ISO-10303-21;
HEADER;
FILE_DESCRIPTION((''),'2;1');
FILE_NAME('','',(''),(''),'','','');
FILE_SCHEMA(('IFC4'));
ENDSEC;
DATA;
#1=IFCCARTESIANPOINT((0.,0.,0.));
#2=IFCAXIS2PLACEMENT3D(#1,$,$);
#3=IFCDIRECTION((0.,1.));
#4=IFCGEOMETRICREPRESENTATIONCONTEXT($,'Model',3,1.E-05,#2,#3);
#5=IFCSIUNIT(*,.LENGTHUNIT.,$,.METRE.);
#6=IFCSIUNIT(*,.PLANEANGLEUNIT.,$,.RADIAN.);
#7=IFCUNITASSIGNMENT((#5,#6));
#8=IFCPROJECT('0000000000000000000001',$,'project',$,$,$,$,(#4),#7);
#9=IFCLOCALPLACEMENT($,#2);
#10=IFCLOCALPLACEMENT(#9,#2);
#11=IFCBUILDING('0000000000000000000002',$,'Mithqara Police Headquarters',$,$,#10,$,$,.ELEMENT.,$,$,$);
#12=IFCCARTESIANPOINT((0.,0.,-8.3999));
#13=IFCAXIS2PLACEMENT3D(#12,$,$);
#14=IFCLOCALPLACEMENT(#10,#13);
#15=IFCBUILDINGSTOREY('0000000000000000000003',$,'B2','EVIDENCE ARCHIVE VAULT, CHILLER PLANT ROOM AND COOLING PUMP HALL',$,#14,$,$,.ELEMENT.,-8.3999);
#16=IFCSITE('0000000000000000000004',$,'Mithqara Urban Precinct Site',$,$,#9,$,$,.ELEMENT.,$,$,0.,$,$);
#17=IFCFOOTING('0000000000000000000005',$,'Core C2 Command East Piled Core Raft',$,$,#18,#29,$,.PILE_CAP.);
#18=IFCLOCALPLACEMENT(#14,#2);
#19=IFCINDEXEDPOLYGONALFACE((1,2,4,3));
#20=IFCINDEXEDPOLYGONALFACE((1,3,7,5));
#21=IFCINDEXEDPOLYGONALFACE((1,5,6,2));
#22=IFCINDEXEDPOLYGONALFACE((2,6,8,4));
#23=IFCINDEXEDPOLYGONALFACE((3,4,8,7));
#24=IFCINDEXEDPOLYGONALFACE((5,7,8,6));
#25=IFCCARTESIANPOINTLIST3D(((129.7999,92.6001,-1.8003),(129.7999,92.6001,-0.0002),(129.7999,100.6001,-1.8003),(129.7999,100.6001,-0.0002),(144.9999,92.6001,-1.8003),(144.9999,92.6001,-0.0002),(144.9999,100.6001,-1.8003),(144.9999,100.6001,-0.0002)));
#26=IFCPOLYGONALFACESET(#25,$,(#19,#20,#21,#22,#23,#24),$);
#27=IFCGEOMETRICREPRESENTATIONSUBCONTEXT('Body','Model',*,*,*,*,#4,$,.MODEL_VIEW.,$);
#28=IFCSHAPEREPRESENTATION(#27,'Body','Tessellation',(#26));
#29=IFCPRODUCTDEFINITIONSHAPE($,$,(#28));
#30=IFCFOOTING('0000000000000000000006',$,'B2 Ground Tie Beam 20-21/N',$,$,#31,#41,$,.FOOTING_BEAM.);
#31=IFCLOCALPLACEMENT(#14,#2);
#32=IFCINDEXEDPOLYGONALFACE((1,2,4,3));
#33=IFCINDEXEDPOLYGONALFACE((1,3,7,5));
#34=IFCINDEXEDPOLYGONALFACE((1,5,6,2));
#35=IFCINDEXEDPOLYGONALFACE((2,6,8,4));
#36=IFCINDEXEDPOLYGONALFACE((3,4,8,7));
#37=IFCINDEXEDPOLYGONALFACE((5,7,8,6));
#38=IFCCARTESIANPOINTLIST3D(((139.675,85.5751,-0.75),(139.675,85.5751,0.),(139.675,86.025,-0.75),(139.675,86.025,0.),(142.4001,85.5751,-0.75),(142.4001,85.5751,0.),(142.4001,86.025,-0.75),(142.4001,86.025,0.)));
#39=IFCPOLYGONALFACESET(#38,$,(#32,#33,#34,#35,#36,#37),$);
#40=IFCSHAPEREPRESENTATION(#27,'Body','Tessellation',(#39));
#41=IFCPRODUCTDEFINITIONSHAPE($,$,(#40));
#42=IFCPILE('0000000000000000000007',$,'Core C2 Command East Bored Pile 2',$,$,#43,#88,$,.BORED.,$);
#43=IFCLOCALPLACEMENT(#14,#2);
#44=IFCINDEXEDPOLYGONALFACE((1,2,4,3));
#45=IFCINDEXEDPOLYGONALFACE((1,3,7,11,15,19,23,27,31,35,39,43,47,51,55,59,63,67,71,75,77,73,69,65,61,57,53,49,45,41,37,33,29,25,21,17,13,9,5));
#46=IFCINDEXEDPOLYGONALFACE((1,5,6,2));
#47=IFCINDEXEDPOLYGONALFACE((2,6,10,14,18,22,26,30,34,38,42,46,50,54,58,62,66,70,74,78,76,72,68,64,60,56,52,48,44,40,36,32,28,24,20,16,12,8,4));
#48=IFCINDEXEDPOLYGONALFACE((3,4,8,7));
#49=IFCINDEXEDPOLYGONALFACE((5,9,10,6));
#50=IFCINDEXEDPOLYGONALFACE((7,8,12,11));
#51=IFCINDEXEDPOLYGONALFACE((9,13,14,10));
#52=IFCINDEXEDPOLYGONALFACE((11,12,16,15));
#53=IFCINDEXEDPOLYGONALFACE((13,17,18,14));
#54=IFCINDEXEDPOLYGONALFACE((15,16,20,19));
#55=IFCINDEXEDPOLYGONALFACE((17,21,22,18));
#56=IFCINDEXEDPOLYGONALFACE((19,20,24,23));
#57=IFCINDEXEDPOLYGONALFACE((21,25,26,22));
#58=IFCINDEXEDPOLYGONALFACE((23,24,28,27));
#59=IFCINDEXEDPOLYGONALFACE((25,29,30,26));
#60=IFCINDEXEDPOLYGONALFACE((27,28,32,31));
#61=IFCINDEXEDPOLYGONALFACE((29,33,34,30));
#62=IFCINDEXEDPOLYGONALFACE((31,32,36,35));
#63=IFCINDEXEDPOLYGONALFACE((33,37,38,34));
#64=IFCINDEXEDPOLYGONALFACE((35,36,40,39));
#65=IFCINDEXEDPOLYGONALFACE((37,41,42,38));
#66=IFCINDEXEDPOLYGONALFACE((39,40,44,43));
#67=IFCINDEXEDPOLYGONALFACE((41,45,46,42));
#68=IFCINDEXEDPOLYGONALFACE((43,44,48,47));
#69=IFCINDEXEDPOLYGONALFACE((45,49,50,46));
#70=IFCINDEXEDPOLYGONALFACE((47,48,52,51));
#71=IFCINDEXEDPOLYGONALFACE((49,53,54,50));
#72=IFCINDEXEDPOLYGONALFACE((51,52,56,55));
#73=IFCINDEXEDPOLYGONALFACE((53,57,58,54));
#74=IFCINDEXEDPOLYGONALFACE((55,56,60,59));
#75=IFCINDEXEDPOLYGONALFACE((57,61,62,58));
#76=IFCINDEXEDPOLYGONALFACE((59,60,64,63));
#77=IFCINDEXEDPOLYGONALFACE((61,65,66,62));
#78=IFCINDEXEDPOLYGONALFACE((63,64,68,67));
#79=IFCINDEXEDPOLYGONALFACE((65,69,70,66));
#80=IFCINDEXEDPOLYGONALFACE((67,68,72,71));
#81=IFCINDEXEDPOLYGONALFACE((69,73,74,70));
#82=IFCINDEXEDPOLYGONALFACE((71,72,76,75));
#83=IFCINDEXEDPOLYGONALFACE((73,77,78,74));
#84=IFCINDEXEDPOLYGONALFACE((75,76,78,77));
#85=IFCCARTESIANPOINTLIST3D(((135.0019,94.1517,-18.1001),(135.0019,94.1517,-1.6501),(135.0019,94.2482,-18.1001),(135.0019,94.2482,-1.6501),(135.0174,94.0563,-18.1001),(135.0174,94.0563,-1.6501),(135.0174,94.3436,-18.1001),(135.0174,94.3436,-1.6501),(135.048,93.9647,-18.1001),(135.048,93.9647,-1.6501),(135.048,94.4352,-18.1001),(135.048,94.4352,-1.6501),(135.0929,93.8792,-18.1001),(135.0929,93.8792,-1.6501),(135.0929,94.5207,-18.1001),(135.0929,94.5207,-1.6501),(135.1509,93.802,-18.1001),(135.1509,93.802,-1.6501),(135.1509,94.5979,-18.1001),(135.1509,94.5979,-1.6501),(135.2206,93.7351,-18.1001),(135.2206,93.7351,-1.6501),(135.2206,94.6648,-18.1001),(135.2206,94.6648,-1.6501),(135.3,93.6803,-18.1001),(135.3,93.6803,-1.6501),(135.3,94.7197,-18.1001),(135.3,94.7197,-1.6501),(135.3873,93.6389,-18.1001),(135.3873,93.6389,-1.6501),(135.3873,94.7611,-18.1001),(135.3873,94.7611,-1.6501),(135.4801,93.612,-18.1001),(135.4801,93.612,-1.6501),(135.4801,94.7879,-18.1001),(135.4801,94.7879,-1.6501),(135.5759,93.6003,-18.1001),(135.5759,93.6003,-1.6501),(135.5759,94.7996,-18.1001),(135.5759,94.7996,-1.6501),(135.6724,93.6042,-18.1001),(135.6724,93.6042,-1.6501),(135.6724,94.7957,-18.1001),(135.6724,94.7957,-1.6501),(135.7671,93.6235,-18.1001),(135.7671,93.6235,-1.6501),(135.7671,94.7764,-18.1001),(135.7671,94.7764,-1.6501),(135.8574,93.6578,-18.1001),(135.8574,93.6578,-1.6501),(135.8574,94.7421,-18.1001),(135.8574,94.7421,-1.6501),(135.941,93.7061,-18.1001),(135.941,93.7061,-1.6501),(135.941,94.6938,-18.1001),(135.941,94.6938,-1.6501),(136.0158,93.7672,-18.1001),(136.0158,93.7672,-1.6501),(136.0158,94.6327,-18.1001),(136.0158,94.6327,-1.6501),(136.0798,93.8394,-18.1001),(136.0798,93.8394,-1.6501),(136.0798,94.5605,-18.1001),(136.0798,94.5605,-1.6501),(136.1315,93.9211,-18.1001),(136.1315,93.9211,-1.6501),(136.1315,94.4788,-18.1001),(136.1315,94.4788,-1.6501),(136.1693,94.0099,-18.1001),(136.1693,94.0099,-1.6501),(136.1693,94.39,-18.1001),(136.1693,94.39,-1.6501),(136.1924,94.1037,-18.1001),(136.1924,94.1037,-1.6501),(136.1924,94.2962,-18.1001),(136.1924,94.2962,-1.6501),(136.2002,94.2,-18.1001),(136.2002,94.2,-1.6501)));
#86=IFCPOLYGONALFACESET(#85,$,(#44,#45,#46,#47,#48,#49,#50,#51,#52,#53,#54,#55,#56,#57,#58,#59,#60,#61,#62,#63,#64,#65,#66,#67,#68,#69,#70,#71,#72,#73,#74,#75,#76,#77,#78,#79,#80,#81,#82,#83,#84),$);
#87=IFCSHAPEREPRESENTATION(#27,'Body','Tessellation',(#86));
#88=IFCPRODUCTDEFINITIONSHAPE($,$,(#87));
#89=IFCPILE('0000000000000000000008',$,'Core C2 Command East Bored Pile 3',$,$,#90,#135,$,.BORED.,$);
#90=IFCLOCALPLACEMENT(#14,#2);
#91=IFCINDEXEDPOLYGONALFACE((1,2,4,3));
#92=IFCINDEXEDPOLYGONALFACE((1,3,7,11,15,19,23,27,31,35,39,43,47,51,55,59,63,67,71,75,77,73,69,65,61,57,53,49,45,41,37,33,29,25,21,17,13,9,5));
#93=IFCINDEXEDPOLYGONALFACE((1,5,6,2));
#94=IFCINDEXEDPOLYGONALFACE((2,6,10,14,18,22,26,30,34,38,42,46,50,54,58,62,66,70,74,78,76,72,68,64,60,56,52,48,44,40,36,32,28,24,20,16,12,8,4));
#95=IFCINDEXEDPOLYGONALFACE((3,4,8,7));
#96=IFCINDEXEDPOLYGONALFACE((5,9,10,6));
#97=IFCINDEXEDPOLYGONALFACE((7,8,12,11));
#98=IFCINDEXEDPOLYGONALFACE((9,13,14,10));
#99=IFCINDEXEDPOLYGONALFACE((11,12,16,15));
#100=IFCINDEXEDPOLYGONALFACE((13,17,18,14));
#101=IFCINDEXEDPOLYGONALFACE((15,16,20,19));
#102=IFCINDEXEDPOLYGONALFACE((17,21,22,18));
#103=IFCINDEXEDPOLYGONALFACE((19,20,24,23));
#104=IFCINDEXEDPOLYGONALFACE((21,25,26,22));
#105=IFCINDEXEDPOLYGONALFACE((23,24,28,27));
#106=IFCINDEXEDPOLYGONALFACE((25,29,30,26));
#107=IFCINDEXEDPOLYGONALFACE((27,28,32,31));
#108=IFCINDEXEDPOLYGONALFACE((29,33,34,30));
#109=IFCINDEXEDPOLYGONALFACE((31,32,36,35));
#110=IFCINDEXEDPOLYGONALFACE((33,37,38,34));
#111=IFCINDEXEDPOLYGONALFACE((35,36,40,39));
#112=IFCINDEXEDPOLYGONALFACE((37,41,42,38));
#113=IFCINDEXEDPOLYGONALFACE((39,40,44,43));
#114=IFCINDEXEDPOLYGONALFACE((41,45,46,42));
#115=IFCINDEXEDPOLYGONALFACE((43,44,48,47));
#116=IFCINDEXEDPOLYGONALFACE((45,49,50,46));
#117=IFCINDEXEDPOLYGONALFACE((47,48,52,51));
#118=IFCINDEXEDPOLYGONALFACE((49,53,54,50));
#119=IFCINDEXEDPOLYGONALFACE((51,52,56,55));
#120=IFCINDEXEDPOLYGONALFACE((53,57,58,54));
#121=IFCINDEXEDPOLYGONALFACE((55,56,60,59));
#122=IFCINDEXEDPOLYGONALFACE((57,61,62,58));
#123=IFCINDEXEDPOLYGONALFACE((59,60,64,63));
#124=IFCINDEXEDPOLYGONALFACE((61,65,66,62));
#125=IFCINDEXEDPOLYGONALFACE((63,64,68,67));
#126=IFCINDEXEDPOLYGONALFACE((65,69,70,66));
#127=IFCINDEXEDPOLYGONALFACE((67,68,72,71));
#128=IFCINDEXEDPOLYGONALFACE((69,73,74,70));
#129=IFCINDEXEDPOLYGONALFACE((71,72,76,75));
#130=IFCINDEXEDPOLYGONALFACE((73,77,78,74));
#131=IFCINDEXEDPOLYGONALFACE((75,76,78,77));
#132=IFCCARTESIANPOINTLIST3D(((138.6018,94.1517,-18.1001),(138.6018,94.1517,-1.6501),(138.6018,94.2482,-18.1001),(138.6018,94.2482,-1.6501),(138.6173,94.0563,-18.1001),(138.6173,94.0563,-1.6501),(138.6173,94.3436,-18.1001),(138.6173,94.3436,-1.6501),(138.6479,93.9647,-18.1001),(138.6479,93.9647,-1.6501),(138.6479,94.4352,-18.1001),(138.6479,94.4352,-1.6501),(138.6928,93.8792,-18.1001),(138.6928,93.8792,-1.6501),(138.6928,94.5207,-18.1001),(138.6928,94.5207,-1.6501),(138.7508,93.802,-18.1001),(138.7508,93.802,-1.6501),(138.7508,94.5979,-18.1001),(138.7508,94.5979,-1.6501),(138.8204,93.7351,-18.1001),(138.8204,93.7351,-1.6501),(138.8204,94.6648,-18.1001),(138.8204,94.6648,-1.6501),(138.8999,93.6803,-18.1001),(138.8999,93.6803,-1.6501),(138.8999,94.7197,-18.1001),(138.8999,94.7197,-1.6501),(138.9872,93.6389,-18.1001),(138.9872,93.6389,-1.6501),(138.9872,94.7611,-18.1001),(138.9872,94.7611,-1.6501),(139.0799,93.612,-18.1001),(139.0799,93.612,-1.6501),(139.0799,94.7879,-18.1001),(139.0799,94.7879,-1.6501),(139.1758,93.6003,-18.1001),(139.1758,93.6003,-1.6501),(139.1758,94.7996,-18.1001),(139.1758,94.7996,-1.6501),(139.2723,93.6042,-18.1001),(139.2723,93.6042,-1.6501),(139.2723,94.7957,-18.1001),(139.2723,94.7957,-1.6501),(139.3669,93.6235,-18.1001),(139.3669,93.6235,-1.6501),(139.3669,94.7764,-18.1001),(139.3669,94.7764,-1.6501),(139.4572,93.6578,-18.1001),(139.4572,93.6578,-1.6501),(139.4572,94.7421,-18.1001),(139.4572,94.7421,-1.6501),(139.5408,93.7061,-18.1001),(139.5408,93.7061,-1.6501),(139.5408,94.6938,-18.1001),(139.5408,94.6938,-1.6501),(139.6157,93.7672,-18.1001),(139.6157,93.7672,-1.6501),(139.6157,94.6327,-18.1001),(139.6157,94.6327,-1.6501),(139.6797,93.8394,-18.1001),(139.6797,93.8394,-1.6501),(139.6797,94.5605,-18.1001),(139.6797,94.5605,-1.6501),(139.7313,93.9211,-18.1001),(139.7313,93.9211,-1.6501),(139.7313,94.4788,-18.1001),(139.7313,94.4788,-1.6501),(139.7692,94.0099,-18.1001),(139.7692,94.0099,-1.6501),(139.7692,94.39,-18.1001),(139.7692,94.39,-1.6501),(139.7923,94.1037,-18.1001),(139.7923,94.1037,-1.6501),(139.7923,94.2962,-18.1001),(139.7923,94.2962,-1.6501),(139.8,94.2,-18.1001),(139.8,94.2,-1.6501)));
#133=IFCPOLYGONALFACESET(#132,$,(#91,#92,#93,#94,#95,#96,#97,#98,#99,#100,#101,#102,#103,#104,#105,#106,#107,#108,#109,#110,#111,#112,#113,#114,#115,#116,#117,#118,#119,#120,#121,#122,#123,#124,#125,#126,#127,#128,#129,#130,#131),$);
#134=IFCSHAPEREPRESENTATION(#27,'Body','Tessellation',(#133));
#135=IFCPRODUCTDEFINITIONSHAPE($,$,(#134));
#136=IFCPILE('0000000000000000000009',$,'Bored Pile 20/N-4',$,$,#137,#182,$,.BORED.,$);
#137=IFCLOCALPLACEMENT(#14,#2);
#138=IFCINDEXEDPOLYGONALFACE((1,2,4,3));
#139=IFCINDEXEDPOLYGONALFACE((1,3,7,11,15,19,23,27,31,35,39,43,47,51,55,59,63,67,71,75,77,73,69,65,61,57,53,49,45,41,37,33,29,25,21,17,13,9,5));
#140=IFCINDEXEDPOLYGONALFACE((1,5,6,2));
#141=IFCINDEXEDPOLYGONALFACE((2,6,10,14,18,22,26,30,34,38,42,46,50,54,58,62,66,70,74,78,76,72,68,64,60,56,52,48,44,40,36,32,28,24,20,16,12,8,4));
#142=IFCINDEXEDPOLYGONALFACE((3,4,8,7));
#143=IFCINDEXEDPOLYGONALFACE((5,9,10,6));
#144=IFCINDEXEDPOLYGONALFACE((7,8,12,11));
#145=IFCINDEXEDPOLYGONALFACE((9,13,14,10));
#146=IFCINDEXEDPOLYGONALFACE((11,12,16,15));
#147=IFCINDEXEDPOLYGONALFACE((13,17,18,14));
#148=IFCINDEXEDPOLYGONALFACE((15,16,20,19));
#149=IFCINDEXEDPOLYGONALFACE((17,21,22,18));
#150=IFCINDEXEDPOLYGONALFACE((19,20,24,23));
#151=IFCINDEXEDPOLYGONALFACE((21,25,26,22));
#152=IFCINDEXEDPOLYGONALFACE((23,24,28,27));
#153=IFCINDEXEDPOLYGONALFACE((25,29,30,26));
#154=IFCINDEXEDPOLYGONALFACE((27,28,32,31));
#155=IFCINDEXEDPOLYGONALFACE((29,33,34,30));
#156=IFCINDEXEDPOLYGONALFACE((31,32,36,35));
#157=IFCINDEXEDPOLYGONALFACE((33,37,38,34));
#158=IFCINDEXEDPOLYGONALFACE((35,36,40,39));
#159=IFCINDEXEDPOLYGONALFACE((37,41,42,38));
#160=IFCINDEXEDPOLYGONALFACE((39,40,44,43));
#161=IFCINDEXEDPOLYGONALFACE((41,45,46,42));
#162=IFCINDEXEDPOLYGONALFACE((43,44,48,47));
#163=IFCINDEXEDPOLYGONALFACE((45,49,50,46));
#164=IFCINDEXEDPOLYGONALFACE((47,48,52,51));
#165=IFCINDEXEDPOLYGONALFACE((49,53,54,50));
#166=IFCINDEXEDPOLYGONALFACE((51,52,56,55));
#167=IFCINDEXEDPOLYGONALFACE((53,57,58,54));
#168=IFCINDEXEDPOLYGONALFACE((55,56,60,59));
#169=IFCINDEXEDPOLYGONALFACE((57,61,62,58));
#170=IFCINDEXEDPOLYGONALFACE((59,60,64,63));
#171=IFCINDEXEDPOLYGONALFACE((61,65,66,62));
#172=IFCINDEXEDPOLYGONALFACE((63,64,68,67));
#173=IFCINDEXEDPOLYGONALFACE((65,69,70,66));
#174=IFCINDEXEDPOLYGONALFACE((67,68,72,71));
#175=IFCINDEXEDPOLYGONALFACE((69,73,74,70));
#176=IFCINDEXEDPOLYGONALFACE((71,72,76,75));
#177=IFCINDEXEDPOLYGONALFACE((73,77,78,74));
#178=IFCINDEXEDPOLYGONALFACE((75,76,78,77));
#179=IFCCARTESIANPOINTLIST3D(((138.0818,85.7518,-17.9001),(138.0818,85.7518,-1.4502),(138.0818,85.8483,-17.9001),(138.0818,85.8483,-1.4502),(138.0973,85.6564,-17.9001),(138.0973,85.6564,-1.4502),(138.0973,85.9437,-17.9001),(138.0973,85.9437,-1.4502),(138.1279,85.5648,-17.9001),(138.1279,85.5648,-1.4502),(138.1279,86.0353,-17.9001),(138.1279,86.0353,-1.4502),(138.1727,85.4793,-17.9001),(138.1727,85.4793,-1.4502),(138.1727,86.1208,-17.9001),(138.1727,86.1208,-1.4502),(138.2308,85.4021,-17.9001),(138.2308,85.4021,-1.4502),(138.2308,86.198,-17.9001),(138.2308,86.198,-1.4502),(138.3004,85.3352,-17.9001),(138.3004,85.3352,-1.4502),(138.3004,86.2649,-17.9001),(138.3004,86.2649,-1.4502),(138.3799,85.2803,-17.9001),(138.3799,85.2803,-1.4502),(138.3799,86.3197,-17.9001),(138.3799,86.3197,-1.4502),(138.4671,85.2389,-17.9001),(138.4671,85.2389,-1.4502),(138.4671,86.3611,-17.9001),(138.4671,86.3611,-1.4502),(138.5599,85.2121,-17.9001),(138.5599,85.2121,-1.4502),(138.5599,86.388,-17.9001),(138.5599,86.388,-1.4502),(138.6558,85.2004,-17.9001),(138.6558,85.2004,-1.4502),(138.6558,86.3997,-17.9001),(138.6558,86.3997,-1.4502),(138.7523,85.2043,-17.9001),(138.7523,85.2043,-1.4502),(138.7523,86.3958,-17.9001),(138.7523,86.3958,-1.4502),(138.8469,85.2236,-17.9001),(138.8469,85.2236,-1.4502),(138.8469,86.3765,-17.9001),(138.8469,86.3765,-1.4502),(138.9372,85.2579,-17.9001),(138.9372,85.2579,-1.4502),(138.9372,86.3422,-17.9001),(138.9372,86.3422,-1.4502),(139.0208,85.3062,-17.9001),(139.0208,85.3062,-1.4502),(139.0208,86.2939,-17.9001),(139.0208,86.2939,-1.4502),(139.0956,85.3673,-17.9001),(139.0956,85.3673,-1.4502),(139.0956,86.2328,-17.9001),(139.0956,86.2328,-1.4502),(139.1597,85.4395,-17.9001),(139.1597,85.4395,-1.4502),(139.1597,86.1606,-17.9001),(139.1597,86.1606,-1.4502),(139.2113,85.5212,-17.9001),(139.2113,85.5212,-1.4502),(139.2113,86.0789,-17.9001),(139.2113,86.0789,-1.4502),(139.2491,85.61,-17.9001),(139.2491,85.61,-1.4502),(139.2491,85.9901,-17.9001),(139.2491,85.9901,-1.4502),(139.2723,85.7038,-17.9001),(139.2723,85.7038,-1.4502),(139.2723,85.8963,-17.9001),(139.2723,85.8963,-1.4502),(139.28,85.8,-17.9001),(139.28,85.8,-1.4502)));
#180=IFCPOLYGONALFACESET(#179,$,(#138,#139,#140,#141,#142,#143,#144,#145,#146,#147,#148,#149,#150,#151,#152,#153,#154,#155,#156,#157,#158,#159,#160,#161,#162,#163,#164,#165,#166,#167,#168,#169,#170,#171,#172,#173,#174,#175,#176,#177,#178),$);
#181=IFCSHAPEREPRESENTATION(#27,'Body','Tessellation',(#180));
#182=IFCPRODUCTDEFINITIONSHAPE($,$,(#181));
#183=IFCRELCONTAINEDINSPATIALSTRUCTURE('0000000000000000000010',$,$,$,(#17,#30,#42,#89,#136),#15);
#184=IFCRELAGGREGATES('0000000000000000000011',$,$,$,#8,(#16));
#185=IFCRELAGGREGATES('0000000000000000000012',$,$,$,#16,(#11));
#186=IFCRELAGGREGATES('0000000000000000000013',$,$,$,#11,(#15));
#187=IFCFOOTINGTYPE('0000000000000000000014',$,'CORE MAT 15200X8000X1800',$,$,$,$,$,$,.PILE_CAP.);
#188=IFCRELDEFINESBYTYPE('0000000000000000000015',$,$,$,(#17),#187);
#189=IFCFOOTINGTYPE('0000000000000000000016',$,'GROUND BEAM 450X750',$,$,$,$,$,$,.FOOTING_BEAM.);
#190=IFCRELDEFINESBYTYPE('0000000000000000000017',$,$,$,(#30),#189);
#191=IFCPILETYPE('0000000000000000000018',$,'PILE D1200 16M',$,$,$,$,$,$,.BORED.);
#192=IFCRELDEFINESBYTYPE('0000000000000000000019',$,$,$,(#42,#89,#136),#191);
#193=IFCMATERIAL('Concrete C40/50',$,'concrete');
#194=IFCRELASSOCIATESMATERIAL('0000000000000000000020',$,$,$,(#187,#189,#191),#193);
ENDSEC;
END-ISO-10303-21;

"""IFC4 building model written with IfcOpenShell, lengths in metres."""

from ifc_helpers import new_model, si_unit, direction, frame, origin, origin_2d, place, context, subcontext, project, spatial, rectangle, circle, extrude, material, material_profile, profile_set, type_object, element, save


model = new_model("IFC4")

# Units and contexts
model_context = context("Model", 3, precision=1e-05, world=origin(), true_north=direction((0.0, 1.0)))
body_context = subcontext(model_context, "Body", "Model", "MODEL_VIEW")
ifc_project = project(units=[si_unit("LENGTHUNIT", "METRE"), si_unit("PLANEANGLEUNIT", "RADIAN")], contexts=[model_context])

# Site, building, storey
site_placement = place(None, origin())
site = spatial("IfcSite", under=ifc_project, at=site_placement, Name="Mithqara Urban Precinct Site", CompositionType="ELEMENT", RefElevation=0.0)
building_placement = place(site_placement, origin())
building = spatial("IfcBuilding", under=site, at=building_placement, Name="Mithqara Police Headquarters", CompositionType="ELEMENT")
storey_placement = place(building_placement, frame((0.0, 0.0, -8.3999)))
storey = spatial("IfcBuildingStorey", under=building, at=storey_placement, Name="B2", Description="EVIDENCE ARCHIVE VAULT, CHILLER PLANT ROOM AND COOLING PUMP HALL", CompositionType="ELEMENT", Elevation=-8.3999)

# Footings
ifc_material_1 = material(Name="Concrete C40/50", Category="concrete")
footing_type_1 = type_object("IfcFootingType", Name="CORE MAT 15200X8000X1800", PredefinedType="PILE_CAP", material=ifc_material_1)
footing_1_placement = place(storey_placement, frame((137.3999, 96.6001, -1.8003), z_axis=(0.0, 0.0, 1.0), x_axis=(1.0, 0.0, 0.0)))
element("IfcFooting", 1, at=footing_1_placement, inside=storey, type_object=footing_type_1, Name="Core C2 Command East Piled Core Raft", PredefinedType="PILE_CAP", context=body_context, shape_type="SweptSolid", body=[
    extrude(rectangle(XDim=15.2, YDim=8.0, at=origin_2d()), origin(), (0.0, 0.0, 1.0), 1.8),
])
footing_type_2 = type_object("IfcFootingType", Name="GROUND BEAM 450X750", PredefinedType="FOOTING_BEAM", material=ifc_material_1)
footing_2_placement = place(storey_placement, frame((141.0376, 85.8, -0.75), z_axis=(0.0, 0.0, 1.0), x_axis=(1.0, 0.0, 0.0)))
element("IfcFooting", 2, at=footing_2_placement, inside=storey, type_object=footing_type_2, Name="B2 Ground Tie Beam 20-21/N", PredefinedType="FOOTING_BEAM", context=body_context, shape_type="SweptSolid", body=[
    extrude(rectangle(XDim=2.7251, YDim=0.45, at=origin_2d()), origin(), (0.0, 0.0, 1.0), 0.75),
])

# Piles
ifc_material_profile_1 = material_profile(ifc_material_1, circle(Radius=0.6001, at=origin_2d()), Name="PILE D1200")
ifc_profile_set_1 = profile_set([ifc_material_profile_1], Name="Concrete C40/50")
pile_type = type_object("IfcPileType", Name="PILE D1200 16M", PredefinedType="BORED", material=ifc_profile_set_1)
for number, where, z_axis, x_axis, name in (
    (3, (135.6001, 94.2, -1.6501), (0.0, 0.0, -1.0), (1.0, 0.0, 0.0), "Core C2 Command East Bored Pile 2"),
    (4, (139.2, 94.2, -1.6501), (0.0, 0.0, -1.0), (1.0, 0.0, 0.0), "Core C2 Command East Bored Pile 3"),
    (5, (138.6799, 85.8, -1.4502), (0.0, 0.0, -1.0), (1.0, 0.0, 0.0), "Bored Pile 20/N-4"),
):
    element("IfcPile", number, at=place(storey_placement, frame(where, z_axis=z_axis, x_axis=x_axis)), inside=storey, type_object=pile_type, Name=name, PredefinedType="BORED", context=body_context, shape_type="SweptSolid", body=[
        extrude(circle(Radius=0.6001, at=origin_2d()), origin(), (0.0, 0.0, 1.0), 16.45),
    ])

save(model, "model.ifc")
